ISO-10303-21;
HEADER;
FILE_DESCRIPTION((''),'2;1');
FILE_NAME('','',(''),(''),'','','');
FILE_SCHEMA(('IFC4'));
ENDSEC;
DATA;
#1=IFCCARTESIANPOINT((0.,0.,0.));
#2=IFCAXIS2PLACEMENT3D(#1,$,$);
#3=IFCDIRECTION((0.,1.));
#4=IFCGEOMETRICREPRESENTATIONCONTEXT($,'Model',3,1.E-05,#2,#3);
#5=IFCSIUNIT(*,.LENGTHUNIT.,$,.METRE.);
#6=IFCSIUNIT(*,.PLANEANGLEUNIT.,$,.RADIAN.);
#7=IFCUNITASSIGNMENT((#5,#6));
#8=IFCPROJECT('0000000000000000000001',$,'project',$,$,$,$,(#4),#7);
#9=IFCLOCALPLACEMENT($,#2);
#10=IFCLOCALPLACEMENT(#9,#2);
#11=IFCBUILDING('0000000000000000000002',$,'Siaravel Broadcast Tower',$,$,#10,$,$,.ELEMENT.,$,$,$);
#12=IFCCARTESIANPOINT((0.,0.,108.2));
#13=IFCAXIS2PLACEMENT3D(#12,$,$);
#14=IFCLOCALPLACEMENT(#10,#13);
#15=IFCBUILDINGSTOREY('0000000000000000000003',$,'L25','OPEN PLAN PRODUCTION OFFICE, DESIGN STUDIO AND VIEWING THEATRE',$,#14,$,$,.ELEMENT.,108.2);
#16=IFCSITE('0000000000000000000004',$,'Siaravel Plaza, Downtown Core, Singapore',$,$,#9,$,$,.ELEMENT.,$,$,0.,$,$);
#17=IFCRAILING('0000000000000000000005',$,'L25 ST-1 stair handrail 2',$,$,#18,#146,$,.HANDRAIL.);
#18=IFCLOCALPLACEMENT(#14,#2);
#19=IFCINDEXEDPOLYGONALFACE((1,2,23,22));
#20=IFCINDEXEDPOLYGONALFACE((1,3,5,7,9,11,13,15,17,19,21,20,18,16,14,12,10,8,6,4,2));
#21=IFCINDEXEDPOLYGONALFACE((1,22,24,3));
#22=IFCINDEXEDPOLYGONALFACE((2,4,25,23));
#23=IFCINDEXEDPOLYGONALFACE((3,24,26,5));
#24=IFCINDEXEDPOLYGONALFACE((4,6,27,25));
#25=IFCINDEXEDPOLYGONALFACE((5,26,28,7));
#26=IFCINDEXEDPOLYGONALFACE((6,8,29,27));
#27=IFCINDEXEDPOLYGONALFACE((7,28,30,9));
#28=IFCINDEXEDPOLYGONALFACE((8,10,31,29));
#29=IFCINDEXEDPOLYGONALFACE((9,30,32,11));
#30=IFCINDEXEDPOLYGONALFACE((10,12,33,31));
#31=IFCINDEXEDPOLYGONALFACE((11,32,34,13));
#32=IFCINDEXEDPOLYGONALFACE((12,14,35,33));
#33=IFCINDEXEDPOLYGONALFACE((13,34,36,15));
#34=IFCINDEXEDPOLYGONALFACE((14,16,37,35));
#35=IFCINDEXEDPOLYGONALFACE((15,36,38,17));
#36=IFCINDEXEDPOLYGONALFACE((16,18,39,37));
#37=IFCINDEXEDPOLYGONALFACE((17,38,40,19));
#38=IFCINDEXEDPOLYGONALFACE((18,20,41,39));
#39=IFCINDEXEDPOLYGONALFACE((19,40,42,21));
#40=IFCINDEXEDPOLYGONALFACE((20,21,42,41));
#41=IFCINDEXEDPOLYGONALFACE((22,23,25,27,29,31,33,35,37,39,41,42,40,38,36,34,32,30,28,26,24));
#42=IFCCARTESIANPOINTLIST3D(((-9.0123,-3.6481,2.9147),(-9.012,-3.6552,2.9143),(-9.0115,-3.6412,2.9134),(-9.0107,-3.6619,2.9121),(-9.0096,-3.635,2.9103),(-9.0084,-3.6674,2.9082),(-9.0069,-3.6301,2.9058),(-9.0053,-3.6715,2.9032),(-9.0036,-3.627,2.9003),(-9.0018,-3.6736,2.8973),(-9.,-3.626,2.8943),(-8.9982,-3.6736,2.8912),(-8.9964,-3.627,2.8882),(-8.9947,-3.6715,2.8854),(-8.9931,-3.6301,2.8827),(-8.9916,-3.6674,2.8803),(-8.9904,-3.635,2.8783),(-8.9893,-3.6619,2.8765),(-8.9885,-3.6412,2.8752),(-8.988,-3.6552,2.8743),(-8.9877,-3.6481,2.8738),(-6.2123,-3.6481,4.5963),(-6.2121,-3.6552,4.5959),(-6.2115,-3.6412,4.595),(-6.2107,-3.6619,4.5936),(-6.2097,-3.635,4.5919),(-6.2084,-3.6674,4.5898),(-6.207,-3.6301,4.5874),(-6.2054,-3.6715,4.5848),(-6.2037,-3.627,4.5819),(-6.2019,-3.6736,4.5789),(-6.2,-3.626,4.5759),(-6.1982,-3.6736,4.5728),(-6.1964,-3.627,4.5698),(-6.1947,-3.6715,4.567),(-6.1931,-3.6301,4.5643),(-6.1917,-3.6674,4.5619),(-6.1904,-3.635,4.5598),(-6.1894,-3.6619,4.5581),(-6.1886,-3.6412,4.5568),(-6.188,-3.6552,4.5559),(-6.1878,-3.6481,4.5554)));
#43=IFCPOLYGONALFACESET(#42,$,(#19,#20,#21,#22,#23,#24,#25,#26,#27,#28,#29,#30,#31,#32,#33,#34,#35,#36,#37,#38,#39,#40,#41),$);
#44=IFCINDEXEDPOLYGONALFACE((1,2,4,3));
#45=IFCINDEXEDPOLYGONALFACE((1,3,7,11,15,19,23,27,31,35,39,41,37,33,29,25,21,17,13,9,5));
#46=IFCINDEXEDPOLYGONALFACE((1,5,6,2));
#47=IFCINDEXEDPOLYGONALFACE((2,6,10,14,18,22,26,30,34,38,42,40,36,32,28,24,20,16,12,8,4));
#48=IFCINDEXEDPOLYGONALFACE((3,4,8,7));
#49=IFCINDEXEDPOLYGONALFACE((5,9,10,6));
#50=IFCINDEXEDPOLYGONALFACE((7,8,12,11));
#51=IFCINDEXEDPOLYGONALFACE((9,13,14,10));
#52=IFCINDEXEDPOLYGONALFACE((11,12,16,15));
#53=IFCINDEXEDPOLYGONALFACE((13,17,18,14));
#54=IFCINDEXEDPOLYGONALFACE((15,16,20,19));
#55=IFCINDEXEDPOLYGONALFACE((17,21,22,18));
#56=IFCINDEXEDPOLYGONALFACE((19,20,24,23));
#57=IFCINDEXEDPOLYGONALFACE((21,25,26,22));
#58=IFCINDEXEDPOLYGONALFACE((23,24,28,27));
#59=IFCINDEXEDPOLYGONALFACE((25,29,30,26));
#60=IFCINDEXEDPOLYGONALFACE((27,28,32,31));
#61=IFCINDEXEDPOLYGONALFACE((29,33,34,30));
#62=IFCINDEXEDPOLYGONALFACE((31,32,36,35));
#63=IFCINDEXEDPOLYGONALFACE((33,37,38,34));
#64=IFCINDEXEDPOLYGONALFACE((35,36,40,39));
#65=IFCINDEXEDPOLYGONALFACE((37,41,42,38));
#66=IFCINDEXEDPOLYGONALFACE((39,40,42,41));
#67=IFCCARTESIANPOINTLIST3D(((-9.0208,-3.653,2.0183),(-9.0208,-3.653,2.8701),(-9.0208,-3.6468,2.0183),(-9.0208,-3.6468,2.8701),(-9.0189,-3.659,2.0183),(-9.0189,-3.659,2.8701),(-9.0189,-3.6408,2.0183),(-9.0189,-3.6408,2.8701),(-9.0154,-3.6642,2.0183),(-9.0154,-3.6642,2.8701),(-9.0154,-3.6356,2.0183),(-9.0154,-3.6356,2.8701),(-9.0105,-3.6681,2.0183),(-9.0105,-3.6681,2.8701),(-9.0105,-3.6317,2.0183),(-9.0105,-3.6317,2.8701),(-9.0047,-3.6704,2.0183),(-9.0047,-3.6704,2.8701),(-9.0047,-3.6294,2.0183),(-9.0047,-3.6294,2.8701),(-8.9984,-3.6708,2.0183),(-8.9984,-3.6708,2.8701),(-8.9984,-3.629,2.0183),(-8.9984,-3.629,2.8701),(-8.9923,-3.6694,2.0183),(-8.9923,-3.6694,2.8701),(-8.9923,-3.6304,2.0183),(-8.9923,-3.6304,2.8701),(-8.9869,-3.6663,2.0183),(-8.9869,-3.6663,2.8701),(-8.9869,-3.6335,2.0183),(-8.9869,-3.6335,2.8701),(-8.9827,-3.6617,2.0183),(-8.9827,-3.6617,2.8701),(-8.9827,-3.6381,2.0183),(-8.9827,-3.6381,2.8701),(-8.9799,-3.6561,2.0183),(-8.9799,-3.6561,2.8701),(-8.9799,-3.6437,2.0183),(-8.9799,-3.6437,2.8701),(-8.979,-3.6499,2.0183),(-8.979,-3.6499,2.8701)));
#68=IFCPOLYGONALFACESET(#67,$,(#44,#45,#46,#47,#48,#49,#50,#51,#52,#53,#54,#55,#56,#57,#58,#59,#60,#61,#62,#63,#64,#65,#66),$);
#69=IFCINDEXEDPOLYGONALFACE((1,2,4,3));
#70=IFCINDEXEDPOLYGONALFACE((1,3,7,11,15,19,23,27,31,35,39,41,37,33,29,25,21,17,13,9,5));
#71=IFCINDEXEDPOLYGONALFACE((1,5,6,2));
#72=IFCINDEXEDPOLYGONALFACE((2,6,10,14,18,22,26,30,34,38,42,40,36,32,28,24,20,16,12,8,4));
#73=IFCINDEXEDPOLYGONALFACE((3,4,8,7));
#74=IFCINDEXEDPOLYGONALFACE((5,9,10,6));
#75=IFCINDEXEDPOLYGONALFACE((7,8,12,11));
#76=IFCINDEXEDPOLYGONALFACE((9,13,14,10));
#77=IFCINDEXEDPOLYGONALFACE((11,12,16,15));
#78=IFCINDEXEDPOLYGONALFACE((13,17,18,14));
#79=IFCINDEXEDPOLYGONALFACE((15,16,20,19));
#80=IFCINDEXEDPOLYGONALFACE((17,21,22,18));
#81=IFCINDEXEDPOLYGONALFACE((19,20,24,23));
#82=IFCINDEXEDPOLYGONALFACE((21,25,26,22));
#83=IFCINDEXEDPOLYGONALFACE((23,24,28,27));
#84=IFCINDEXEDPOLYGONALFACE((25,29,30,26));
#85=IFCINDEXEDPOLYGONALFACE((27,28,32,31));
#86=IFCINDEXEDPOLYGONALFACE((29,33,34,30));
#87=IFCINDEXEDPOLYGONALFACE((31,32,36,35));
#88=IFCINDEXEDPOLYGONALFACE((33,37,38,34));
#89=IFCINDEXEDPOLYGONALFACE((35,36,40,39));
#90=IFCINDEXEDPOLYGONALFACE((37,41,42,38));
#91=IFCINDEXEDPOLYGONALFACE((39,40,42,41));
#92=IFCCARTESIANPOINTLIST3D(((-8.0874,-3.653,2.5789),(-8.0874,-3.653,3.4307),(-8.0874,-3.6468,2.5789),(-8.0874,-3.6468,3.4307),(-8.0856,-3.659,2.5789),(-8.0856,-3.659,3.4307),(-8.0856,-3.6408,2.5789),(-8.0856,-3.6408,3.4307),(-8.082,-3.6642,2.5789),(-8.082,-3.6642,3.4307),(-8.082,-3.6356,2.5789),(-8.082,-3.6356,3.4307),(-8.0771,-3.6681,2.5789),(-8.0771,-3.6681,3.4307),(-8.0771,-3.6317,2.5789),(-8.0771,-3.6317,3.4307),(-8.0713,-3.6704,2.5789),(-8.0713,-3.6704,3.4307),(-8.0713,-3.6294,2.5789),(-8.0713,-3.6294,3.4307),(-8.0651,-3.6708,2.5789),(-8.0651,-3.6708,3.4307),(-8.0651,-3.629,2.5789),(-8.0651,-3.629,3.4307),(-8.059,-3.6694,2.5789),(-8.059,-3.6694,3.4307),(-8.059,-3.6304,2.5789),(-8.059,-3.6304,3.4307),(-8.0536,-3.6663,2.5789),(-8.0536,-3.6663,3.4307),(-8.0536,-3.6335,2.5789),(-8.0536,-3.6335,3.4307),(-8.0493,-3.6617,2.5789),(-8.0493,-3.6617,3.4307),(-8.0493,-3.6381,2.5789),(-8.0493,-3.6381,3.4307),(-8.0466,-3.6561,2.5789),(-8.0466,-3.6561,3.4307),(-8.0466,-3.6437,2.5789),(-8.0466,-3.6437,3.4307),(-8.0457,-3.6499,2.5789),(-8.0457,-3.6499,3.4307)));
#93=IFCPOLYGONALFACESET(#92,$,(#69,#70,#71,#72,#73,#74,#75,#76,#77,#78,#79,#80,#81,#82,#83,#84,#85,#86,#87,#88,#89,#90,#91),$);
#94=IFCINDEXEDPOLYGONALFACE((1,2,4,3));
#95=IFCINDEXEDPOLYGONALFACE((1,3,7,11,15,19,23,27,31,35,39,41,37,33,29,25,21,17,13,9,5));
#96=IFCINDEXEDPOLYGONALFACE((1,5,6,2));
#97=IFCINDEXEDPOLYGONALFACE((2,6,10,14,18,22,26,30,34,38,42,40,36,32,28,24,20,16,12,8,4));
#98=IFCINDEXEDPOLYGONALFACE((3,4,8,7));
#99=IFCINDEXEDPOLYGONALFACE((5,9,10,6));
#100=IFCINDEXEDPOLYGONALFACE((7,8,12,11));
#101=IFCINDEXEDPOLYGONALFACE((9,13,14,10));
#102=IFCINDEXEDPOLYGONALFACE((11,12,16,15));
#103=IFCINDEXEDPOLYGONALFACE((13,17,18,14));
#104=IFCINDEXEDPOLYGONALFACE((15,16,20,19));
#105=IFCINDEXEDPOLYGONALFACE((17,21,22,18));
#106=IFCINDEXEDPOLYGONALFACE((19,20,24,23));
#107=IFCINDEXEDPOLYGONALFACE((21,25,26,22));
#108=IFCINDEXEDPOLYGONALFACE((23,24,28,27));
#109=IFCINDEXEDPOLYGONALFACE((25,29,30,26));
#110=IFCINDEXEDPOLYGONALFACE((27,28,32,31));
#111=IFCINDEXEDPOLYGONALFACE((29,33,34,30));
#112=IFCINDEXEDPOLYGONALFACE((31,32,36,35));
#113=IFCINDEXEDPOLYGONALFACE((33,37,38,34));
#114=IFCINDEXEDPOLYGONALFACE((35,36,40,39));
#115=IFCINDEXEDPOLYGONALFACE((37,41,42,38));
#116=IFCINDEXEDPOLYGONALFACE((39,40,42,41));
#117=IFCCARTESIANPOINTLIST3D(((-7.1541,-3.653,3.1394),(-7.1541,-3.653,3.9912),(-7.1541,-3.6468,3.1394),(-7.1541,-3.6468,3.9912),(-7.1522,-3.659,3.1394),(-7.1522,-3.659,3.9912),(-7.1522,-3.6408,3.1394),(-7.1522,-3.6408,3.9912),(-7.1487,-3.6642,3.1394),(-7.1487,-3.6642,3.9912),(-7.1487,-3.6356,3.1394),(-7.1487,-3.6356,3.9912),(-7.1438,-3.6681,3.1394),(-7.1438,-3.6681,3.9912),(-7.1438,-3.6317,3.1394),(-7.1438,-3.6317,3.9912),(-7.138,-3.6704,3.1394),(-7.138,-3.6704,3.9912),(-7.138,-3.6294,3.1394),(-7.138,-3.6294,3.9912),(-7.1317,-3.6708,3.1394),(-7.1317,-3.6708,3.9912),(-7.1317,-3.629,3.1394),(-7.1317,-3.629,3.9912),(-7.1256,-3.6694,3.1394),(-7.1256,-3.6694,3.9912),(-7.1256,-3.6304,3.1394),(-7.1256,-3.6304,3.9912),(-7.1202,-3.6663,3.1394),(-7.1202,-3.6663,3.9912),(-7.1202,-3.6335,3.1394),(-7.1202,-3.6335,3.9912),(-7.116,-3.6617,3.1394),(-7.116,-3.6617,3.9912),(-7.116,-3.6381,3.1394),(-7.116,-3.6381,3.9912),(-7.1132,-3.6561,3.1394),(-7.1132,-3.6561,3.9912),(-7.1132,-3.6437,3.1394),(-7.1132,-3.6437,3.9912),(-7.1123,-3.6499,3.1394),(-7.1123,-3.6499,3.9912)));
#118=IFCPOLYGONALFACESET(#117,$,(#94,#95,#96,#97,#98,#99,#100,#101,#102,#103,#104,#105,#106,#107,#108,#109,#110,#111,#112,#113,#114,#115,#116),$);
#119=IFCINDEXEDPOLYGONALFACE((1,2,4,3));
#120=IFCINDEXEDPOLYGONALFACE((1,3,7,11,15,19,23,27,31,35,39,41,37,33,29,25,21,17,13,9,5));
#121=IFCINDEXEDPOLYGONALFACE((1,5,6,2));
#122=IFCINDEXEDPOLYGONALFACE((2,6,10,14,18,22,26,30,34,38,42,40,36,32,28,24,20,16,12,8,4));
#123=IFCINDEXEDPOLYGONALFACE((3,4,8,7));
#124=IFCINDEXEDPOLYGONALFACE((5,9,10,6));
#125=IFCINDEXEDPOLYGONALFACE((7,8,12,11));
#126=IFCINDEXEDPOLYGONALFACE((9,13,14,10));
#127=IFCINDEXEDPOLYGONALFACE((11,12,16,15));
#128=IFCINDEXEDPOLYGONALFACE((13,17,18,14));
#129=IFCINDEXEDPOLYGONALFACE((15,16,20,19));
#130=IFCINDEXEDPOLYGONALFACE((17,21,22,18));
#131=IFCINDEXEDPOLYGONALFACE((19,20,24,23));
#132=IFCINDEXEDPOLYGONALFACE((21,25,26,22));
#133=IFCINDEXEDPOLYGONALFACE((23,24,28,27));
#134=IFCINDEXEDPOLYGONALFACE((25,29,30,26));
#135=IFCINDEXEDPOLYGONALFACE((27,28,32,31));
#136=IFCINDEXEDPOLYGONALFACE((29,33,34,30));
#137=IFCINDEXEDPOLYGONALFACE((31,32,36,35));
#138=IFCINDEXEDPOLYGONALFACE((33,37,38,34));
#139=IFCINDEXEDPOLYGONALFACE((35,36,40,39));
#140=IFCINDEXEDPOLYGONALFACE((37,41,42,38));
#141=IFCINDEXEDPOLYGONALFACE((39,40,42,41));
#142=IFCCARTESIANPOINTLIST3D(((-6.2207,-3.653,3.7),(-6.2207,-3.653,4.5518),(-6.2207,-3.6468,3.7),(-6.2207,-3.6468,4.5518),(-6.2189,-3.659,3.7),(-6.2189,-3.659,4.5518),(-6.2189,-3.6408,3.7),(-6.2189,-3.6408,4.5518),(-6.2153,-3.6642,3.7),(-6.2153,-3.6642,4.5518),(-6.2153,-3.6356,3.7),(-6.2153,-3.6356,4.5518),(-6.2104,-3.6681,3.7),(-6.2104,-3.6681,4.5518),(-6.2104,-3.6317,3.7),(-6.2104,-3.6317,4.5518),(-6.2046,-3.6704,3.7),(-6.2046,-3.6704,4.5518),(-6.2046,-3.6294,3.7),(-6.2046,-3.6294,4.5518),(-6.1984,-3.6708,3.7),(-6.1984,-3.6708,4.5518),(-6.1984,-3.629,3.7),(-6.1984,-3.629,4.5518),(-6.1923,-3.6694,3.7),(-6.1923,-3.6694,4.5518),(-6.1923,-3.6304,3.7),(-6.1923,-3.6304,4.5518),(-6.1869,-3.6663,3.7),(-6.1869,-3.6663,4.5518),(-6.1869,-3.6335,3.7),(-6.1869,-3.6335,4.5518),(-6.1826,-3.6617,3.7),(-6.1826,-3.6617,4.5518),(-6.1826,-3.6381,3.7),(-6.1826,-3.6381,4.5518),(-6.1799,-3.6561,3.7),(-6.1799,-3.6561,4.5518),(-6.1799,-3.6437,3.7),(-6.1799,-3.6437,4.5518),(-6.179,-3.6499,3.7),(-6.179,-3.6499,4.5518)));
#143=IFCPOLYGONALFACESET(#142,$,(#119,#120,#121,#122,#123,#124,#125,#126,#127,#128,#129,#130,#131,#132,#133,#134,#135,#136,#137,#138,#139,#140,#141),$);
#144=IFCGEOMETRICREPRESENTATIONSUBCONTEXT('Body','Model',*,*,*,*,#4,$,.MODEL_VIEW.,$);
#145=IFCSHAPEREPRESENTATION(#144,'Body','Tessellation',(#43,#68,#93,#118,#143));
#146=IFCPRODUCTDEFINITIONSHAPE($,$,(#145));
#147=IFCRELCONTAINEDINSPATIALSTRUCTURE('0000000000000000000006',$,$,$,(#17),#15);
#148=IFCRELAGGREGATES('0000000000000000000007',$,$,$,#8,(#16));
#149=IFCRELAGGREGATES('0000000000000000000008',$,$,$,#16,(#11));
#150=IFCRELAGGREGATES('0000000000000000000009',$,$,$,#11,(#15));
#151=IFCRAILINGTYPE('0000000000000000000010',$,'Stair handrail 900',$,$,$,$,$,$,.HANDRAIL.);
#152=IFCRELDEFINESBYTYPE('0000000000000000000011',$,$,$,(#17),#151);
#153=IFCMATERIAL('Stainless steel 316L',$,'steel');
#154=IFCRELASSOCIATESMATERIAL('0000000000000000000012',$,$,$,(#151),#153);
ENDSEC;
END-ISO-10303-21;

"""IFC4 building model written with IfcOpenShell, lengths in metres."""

from ifc_helpers import new_model, si_unit, direction, frame, origin, origin_2d, place, context, subcontext, project, spatial, circle, extrude, material, type_object, element, save


model = new_model("IFC4")

# Units and contexts
model_context = context("Model", 3, precision=1e-05, world=origin(), true_north=direction((0.0, 1.0)))
body_context = subcontext(model_context, "Body", "Model", "MODEL_VIEW")
ifc_project = project(units=[si_unit("LENGTHUNIT", "METRE"), si_unit("PLANEANGLEUNIT", "RADIAN")], contexts=[model_context])

# Site, building, storey
site_placement = place(None, origin())
site = spatial("IfcSite", under=ifc_project, at=site_placement, Name="Siaravel Plaza, Downtown Core, Singapore", CompositionType="ELEMENT", RefElevation=0.0)
building_placement = place(site_placement, origin())
building = spatial("IfcBuilding", under=site, at=building_placement, Name="Siaravel Broadcast Tower", CompositionType="ELEMENT")
storey_placement = place(building_placement, frame((0.0, 0.0, 108.2)))
storey = spatial("IfcBuildingStorey", under=building, at=storey_placement, Name="L25", Description="OPEN PLAN PRODUCTION OFFICE, DESIGN STUDIO AND VIEWING THEATRE", CompositionType="ELEMENT", Elevation=108.2)

# Shared definitions
ifc_material_1 = material(Name="Stainless steel 316L", Category="steel")

# Railing
railing_type_1 = type_object("IfcRailingType", Name="Stair handrail 900", PredefinedType="HANDRAIL", material=ifc_material_1)
railing_1_placement = place(storey_placement, frame((-9.0, -3.6499, 2.0183)))
element("IfcRailing", 1, at=railing_1_placement, inside=storey, type_object=railing_type_1, Name="L25 ST-1 stair handrail 2", PredefinedType="HANDRAIL", context=body_context, shape_type="SweptSolid", body=[
    extrude(circle(Radius=0.0239, at=origin_2d()), frame((0.0, 0.0, 0.876), z_axis=(0.857275, 0.0, 0.514858), x_axis=(0.0, 1.0, 0.0)), (0.0, 0.0, 1.0), 3.2661),
    extrude(circle(Radius=0.021, at=origin_2d()), origin(), (0.0, 0.0, 1.0), 0.8518),
    extrude(circle(Radius=0.021, at=origin_2d()), frame((0.9333, 0.0, 0.5605)), (0.0, 0.0, 1.0), 0.8518),
    extrude(circle(Radius=0.021, at=origin_2d()), frame((1.8667, 0.0, 1.1211)), (0.0, 0.0, 1.0), 0.8518),
    extrude(circle(Radius=0.021, at=origin_2d()), frame((2.8, 0.0, 1.6816)), (0.0, 0.0, 1.0), 0.8518),
])

save(model, "model.ifc")
